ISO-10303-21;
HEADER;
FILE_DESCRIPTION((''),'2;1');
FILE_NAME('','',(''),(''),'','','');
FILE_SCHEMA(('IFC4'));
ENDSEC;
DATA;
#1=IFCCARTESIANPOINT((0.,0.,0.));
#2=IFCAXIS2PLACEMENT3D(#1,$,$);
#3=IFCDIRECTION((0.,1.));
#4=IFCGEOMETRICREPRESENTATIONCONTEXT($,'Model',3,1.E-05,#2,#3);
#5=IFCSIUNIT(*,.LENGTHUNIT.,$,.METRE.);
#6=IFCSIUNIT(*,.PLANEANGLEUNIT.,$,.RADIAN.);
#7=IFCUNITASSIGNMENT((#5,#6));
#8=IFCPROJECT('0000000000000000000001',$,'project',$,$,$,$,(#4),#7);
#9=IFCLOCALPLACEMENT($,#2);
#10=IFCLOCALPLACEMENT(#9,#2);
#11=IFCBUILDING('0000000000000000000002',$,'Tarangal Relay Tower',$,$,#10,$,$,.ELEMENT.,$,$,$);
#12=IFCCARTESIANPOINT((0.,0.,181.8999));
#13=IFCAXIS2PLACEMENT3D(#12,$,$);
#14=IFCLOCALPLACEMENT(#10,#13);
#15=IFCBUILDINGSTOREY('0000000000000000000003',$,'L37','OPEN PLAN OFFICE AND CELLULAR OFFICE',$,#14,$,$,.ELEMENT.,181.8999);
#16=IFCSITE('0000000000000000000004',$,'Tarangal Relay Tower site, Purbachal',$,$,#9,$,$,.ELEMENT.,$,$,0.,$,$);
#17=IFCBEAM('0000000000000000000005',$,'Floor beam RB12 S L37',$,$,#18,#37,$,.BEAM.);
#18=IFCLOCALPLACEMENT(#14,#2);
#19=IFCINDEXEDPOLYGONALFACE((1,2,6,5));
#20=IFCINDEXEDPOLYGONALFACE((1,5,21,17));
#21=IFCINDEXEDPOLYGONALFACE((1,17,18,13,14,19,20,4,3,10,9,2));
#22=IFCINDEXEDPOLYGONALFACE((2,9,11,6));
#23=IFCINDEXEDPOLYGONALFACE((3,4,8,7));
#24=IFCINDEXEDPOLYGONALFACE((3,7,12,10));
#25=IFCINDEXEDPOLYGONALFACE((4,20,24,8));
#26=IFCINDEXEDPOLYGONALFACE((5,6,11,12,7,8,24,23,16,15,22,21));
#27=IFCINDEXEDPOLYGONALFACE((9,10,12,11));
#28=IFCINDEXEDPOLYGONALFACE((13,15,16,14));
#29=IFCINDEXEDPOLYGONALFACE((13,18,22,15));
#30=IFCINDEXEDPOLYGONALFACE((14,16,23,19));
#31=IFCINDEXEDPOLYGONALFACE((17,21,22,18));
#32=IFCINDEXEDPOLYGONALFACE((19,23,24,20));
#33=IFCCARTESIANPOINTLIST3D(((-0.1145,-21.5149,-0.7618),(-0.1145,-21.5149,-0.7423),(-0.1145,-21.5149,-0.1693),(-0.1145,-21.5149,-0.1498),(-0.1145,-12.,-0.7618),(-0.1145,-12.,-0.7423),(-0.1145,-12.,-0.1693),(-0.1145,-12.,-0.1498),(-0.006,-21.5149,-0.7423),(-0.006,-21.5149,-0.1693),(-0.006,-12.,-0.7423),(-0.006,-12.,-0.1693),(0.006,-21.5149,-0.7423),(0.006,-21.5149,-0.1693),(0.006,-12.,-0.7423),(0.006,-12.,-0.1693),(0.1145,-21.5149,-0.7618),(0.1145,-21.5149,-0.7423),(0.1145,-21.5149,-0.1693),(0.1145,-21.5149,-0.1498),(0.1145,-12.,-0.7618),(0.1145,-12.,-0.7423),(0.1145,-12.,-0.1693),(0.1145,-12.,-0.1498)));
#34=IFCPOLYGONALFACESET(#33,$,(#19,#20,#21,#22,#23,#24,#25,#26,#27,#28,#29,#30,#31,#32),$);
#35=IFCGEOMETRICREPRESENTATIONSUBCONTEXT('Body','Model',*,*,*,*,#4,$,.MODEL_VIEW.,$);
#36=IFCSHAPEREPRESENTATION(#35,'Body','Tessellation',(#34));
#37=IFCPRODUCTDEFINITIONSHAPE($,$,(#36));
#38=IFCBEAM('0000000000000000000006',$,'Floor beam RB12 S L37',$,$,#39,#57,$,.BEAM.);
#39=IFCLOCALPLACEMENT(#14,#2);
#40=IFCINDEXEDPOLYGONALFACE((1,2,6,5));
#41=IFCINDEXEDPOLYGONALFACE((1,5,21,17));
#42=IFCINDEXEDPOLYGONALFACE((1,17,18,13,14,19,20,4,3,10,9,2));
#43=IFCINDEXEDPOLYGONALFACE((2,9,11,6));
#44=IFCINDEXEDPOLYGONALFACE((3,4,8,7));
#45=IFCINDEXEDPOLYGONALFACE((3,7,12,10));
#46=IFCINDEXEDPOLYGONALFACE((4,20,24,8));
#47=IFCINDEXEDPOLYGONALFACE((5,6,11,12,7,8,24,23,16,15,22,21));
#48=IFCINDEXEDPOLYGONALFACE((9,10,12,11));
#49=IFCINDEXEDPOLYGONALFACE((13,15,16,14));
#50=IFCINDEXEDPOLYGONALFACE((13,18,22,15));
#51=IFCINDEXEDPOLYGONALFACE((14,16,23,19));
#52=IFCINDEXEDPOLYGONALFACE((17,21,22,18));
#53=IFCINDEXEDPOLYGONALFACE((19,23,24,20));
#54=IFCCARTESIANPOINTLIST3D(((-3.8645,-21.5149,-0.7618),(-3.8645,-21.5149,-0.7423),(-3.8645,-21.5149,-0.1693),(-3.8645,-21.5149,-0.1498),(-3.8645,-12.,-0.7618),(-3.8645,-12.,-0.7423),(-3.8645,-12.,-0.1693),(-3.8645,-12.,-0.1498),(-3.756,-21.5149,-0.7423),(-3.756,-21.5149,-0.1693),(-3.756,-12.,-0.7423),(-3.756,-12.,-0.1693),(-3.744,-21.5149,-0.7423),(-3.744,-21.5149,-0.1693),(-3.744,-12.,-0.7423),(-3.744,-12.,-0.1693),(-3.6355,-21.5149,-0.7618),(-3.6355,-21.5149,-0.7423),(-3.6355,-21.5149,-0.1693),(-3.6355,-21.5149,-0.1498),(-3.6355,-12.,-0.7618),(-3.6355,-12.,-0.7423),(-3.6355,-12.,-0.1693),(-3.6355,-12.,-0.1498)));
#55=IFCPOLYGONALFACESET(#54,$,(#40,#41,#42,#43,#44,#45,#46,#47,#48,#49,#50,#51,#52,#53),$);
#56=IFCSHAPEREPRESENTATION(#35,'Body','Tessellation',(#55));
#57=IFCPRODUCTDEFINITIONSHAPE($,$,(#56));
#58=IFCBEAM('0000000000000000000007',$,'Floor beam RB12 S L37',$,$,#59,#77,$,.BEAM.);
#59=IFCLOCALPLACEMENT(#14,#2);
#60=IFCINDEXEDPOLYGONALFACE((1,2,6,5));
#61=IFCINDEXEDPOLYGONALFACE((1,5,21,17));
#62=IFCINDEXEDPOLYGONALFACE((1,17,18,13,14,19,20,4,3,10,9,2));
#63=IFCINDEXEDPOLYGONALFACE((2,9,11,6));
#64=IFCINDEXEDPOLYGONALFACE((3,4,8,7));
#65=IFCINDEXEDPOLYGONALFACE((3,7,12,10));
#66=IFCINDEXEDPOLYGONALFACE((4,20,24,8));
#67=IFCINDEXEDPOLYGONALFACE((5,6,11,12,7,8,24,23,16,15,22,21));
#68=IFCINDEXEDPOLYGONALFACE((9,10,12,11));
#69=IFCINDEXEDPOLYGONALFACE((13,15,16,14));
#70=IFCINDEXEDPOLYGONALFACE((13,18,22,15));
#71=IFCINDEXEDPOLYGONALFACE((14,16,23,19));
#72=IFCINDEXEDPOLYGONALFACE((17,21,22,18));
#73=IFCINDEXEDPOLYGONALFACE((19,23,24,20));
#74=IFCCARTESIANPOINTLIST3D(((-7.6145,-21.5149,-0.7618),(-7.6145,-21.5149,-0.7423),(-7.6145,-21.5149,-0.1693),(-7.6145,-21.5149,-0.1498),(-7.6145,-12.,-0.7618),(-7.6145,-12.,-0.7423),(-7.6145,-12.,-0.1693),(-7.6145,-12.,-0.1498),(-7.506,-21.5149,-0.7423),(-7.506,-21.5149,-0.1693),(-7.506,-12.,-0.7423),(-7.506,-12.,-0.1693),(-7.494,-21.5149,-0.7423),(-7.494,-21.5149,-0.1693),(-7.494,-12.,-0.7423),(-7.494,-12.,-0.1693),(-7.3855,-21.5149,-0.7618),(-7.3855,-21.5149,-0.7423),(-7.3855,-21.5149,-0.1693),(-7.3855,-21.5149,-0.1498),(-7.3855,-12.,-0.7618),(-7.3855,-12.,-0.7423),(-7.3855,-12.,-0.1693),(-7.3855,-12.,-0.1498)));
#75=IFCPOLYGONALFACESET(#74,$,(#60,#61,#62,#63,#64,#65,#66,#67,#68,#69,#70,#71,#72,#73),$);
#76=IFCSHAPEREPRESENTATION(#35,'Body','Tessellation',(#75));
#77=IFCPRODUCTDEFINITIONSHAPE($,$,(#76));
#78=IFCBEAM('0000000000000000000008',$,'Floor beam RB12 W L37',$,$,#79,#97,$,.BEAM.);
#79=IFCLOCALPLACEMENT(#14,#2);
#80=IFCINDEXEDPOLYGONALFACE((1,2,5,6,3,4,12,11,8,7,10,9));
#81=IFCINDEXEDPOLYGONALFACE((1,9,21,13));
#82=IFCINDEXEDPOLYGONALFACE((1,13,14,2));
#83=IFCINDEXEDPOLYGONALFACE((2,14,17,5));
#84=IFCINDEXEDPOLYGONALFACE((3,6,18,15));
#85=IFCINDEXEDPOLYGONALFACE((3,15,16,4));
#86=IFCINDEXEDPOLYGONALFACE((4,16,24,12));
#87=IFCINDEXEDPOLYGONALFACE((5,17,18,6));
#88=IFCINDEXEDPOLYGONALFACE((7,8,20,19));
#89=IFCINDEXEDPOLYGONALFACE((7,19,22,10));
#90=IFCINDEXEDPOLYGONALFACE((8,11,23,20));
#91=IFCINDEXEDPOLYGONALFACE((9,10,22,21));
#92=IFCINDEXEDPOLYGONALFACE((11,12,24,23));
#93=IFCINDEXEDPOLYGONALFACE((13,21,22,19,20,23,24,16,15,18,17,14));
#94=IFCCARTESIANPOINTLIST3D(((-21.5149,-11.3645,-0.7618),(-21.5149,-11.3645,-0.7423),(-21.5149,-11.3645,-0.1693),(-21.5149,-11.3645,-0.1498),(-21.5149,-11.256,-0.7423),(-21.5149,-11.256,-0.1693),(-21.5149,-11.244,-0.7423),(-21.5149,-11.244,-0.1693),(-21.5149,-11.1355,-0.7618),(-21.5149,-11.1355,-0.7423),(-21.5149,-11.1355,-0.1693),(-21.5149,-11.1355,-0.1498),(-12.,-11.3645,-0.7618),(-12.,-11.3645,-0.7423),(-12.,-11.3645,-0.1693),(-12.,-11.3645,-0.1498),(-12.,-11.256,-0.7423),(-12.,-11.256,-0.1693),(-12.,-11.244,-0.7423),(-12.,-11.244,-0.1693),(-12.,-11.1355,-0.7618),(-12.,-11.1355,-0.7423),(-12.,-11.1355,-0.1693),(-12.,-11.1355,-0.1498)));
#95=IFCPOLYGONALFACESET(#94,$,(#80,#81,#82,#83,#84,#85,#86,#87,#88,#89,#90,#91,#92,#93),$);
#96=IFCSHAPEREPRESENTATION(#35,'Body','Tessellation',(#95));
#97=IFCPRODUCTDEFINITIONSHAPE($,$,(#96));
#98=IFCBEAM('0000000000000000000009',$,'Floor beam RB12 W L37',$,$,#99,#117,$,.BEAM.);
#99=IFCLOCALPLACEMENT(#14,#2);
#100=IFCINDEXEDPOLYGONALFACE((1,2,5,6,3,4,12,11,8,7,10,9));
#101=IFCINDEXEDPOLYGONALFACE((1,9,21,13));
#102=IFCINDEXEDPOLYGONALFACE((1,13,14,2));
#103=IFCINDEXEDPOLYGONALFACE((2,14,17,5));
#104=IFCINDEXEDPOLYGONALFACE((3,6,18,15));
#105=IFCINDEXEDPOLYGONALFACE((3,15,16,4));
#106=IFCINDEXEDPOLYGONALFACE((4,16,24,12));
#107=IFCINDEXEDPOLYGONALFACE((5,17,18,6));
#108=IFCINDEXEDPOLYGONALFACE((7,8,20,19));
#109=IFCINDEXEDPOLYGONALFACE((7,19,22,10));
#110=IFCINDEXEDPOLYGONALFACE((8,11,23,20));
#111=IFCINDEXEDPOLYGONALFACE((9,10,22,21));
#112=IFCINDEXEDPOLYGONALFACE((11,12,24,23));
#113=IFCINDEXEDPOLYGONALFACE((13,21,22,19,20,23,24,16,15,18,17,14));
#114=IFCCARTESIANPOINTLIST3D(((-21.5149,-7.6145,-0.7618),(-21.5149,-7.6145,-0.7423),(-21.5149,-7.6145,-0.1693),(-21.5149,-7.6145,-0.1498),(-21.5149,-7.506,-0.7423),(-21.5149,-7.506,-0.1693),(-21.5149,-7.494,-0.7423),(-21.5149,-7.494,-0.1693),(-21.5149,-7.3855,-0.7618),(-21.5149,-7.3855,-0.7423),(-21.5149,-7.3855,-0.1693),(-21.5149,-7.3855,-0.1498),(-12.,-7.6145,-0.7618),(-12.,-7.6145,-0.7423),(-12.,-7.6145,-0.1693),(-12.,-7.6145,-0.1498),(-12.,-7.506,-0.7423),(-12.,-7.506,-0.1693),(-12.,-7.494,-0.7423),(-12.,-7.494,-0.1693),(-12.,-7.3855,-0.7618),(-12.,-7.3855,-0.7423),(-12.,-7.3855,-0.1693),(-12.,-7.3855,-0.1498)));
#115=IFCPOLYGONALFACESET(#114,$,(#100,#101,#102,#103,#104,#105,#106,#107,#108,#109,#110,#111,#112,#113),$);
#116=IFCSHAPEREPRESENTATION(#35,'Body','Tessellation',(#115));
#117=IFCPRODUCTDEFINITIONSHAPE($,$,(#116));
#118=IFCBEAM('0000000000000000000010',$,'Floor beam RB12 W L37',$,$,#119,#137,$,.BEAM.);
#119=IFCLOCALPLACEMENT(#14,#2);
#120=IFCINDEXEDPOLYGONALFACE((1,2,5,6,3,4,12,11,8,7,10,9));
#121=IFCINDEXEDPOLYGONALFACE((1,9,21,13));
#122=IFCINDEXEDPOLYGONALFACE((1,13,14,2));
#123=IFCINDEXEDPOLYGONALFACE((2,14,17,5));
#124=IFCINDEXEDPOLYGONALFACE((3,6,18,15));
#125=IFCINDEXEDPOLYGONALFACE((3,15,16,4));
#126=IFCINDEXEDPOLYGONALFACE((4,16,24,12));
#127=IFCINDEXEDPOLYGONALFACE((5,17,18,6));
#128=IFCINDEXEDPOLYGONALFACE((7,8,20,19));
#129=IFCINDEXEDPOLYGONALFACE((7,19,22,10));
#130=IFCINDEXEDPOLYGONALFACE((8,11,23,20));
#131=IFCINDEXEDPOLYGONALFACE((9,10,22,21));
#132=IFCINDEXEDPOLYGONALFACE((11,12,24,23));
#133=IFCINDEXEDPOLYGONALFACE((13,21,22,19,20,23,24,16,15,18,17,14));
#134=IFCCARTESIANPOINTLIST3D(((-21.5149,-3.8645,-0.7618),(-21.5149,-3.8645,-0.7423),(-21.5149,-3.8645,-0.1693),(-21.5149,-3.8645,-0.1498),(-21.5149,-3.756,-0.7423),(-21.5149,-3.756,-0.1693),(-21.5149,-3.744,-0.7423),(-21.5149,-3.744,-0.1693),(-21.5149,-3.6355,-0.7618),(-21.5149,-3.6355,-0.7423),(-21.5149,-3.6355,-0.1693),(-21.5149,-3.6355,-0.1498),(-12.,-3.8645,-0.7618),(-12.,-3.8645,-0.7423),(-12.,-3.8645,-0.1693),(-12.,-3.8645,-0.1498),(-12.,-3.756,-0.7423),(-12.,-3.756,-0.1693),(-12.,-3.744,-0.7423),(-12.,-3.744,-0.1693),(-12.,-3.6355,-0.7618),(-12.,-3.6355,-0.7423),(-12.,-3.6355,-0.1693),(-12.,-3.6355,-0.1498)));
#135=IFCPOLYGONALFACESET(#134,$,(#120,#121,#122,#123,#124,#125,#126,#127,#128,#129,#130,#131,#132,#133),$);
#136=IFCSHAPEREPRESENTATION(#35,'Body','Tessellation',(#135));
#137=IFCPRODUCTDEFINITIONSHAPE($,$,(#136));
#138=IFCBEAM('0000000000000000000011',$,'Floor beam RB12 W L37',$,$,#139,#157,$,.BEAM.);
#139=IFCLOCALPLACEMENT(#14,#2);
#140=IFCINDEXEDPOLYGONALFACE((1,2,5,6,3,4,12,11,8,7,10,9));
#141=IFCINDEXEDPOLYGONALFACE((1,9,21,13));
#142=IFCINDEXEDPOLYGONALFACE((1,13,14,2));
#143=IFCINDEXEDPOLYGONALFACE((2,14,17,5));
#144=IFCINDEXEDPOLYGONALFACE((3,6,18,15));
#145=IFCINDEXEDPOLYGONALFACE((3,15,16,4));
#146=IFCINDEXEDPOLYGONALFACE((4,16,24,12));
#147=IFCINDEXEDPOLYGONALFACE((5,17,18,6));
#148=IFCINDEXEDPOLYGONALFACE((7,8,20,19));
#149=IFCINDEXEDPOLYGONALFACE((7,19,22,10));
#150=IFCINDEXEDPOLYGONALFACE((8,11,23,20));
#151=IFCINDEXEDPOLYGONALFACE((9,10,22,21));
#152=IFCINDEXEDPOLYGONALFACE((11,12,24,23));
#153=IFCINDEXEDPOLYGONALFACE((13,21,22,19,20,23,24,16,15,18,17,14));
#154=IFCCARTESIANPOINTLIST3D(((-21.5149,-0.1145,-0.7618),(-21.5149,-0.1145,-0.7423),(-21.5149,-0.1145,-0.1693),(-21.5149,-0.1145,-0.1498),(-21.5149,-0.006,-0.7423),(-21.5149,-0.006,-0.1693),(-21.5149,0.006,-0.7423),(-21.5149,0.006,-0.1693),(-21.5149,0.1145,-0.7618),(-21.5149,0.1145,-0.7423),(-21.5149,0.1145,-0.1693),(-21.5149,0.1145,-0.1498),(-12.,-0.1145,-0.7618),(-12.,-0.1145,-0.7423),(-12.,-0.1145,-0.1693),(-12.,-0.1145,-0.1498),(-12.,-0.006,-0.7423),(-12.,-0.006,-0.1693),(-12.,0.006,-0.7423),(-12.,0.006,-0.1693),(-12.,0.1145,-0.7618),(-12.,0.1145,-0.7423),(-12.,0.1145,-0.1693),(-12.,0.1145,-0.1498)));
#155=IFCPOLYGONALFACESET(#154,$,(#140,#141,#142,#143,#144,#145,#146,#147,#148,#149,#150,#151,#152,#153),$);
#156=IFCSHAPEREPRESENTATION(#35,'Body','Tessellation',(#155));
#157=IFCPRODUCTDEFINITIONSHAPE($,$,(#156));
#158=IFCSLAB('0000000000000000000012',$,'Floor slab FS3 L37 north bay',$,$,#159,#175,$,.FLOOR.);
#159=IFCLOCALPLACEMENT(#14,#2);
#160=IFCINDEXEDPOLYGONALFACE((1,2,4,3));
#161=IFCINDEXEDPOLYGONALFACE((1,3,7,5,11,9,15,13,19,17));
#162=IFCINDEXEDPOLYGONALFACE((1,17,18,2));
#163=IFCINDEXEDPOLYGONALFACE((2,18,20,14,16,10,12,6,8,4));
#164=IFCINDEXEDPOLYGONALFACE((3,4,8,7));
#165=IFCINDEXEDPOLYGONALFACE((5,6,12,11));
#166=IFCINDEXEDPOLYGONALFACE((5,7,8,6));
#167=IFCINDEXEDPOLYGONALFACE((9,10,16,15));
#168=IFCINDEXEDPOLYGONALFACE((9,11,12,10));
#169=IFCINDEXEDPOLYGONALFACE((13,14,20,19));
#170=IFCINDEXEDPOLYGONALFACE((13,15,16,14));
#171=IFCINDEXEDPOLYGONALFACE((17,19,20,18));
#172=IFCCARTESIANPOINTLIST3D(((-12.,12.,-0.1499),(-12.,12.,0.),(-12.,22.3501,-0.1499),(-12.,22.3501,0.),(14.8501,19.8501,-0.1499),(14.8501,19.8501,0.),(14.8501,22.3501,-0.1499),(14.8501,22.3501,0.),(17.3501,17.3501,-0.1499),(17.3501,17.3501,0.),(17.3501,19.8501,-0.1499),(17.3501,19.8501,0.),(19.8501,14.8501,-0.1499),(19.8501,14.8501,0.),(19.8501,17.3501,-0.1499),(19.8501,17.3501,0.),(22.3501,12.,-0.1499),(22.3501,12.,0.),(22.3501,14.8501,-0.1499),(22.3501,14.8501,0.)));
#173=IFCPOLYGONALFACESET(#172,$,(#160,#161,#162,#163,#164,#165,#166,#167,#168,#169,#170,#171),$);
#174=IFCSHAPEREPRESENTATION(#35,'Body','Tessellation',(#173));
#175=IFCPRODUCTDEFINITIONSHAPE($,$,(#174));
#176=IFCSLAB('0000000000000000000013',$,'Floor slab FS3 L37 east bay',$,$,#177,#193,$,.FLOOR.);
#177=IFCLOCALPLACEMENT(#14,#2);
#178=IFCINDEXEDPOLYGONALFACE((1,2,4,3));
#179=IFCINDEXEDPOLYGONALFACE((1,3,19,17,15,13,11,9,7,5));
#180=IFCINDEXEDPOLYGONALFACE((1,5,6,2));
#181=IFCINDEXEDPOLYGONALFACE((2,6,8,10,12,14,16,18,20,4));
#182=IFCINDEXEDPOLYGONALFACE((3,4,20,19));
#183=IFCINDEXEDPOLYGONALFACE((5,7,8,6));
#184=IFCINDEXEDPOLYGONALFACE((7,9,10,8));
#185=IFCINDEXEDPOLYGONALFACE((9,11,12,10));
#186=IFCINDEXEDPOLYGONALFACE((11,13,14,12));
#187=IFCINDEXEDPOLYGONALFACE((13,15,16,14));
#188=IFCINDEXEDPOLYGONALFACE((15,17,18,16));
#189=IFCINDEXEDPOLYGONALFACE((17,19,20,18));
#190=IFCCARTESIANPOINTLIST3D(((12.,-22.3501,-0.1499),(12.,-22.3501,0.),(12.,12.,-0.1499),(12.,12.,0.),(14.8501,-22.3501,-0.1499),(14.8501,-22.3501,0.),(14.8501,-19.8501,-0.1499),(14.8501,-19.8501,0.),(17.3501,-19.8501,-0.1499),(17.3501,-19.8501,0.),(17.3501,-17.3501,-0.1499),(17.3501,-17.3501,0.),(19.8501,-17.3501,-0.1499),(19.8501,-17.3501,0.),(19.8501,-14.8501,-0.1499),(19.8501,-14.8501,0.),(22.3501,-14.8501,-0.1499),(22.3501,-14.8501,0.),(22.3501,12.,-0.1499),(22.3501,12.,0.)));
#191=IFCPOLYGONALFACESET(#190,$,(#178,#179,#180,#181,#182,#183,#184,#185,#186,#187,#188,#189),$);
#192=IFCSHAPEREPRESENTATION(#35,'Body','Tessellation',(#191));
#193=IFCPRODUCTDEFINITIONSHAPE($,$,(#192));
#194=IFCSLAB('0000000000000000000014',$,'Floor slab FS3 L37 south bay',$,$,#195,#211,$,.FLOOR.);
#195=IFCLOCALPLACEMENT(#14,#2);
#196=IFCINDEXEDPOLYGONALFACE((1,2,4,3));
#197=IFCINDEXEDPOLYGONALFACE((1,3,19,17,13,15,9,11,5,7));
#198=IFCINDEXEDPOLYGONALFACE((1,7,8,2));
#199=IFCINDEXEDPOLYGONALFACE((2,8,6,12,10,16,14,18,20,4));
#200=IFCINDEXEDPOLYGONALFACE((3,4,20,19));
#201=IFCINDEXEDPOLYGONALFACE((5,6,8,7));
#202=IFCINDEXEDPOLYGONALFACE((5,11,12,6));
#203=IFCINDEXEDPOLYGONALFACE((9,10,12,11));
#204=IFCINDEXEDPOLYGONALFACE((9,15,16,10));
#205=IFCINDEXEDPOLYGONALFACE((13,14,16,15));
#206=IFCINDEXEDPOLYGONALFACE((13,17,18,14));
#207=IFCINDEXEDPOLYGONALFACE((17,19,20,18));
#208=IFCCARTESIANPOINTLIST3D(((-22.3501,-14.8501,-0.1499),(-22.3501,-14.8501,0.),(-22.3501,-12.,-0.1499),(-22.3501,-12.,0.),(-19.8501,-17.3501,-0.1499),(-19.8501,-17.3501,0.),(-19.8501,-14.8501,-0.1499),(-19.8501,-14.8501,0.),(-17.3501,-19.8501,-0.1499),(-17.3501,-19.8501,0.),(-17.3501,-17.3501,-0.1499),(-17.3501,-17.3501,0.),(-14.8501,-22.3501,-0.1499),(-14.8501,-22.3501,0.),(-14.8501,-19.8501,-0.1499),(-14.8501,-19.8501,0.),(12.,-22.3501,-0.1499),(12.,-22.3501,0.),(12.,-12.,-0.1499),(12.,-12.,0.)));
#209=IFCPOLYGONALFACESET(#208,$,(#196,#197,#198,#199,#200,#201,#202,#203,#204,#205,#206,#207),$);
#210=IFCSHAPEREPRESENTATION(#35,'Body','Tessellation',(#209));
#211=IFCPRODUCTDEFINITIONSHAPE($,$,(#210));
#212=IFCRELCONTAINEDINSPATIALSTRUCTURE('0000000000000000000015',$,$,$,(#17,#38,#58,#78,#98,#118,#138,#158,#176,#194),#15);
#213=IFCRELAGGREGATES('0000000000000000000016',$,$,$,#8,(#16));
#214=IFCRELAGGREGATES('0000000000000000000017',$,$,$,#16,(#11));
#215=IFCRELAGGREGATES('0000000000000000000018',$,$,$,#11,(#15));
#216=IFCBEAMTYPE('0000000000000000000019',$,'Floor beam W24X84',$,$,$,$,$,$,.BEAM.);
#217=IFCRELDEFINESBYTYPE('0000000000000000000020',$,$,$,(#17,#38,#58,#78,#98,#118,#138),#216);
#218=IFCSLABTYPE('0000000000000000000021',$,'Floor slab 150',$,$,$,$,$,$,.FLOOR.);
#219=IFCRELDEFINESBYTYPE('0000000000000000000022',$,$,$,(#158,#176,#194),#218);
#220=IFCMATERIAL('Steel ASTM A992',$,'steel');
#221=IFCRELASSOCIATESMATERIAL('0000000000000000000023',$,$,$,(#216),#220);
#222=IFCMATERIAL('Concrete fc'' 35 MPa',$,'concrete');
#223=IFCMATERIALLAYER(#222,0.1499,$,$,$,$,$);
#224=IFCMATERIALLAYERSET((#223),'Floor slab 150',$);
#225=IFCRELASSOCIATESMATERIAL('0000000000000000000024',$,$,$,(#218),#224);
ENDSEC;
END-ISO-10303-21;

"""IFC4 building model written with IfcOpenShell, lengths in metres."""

from ifc_helpers import new_model, si_unit, direction, frame, origin, origin_2d, place, context, subcontext, project, spatial, polyline, i_section, outline, extrude, material, layer, layer_set, material_profile, profile_set, type_object, element, save


model = new_model("IFC4")

# Units and contexts
model_context = context("Model", 3, precision=1e-05, world=origin(), true_north=direction((0.0, 1.0)))
body_context = subcontext(model_context, "Body", "Model", "MODEL_VIEW")
ifc_project = project(units=[si_unit("LENGTHUNIT", "METRE"), si_unit("PLANEANGLEUNIT", "RADIAN")], contexts=[model_context])

# Site, building, storey
site_placement = place(None, origin())
site = spatial("IfcSite", under=ifc_project, at=site_placement, Name="Tarangal Relay Tower site, Purbachal", CompositionType="ELEMENT", RefElevation=0.0)
building_placement = place(site_placement, origin())
building = spatial("IfcBuilding", under=site, at=building_placement, Name="Tarangal Relay Tower", CompositionType="ELEMENT")
storey_placement = place(building_placement, frame((0.0, 0.0, 181.8999)))
storey = spatial("IfcBuildingStorey", under=building, at=storey_placement, Name="L37", Description="OPEN PLAN OFFICE AND CELLULAR OFFICE", CompositionType="ELEMENT", Elevation=181.8999)

# Beams
ifc_material_1 = material(Name="Steel ASTM A992", Category="steel")
ifc_material_profile = material_profile(ifc_material_1, i_section(OverallWidth=0.229, OverallDepth=0.6121, WebThickness=0.012, FlangeThickness=0.0195, at=origin_2d()), Name="W24X84")
ifc_profile_set = profile_set([ifc_material_profile], Name="Steel ASTM A992")
beam_type = type_object("IfcBeamType", Name="Floor beam W24X84", PredefinedType="BEAM", material=ifc_profile_set)
for number, where, z_axis, x_axis, name in (
    (1, (0.0, -12.0, -0.4558), (0.0, -1.0, 0.0), (1.0, 0.0, 0.0), "Floor beam RB12 S L37"),
    (2, (-3.75, -12.0, -0.4558), (0.0, -1.0, 0.0), (1.0, 0.0, 0.0), "Floor beam RB12 S L37"),
    (3, (-7.5, -12.0, -0.4558), (0.0, -1.0, 0.0), (1.0, 0.0, 0.0), "Floor beam RB12 S L37"),
    (4, (-12.0, -11.25, -0.4558), (-1.0, 0.0, 0.0), (0.0, -1.0, 0.0), "Floor beam RB12 W L37"),
    (5, (-12.0, -7.5, -0.4558), (-1.0, 0.0, 0.0), (0.0, -1.0, 0.0), "Floor beam RB12 W L37"),
    (6, (-12.0, -3.75, -0.4558), (-1.0, 0.0, 0.0), (0.0, -1.0, 0.0), "Floor beam RB12 W L37"),
    (7, (-12.0, 0.0, -0.4558), (-1.0, 0.0, 0.0), (0.0, -1.0, 0.0), "Floor beam RB12 W L37"),
):
    element("IfcBeam", number, at=place(storey_placement, frame(where, z_axis=z_axis, x_axis=x_axis)), inside=storey, type_object=beam_type, Name=name, PredefinedType="BEAM", context=body_context, shape_type="SweptSolid", body=[
        extrude(i_section(OverallWidth=0.229, OverallDepth=0.6121, WebThickness=0.012, FlangeThickness=0.0195, at=origin_2d()), origin(), (0.0, 0.0, 1.0), 9.5149),
    ])

# Slabs
ifc_material_2 = material(Name="Concrete fc' 35 MPa", Category="concrete")
ifc_layer_1 = layer(ifc_material_2, 0.1499)
ifc_layer_set_1 = layer_set([ifc_layer_1], Name="Floor slab 150")
slab_type = type_object("IfcSlabType", Name="Floor slab 150", PredefinedType="FLOOR", material=ifc_layer_set_1)
slab_1_placement = place(storey_placement, frame((0.0, 0.0, -0.1499)))
element("IfcSlab", 8, at=slab_1_placement, inside=storey, type_object=slab_type, Name="Floor slab FS3 L37 north bay", PredefinedType="FLOOR", context=body_context, shape_type="SweptSolid", body=[
    extrude(outline(polyline([(14.8501, 22.3501), (14.8501, 19.8501), (17.3501, 19.8501), (17.3501, 17.3501), (19.8501, 17.3501), (19.8501, 14.8501), (22.3501, 14.8501), (22.3501, 12.0), (-12.0, 12.0), (-12.0, 22.3501), (14.8501, 22.3501)])), origin(), (0.0, 0.0, 1.0), 0.1499),
])
slab_2_placement = place(storey_placement, frame((0.0, 0.0, -0.1499)))
element("IfcSlab", 9, at=slab_2_placement, inside=storey, type_object=slab_type, Name="Floor slab FS3 L37 east bay", PredefinedType="FLOOR", context=body_context, shape_type="SweptSolid", body=[
    extrude(outline(polyline([(22.3501, -14.8501), (19.8501, -14.8501), (19.8501, -17.3501), (17.3501, -17.3501), (17.3501, -19.8501), (14.8501, -19.8501), (14.8501, -22.3501), (12.0, -22.3501), (12.0, 12.0), (22.3501, 12.0), (22.3501, -14.8501)])), origin(), (0.0, 0.0, 1.0), 0.1499),
])
slab_3_placement = place(storey_placement, frame((0.0, 0.0, -0.1499)))
element("IfcSlab", 10, at=slab_3_placement, inside=storey, type_object=slab_type, Name="Floor slab FS3 L37 south bay", PredefinedType="FLOOR", context=body_context, shape_type="SweptSolid", body=[
    extrude(outline(polyline([(-14.8501, -22.3501), (-14.8501, -19.8501), (-17.3501, -19.8501), (-17.3501, -17.3501), (-19.8501, -17.3501), (-19.8501, -14.8501), (-22.3501, -14.8501), (-22.3501, -12.0), (12.0, -12.0), (12.0, -22.3501), (-14.8501, -22.3501)])), origin(), (0.0, 0.0, 1.0), 0.1499),
])

save(model, "model.ifc")
